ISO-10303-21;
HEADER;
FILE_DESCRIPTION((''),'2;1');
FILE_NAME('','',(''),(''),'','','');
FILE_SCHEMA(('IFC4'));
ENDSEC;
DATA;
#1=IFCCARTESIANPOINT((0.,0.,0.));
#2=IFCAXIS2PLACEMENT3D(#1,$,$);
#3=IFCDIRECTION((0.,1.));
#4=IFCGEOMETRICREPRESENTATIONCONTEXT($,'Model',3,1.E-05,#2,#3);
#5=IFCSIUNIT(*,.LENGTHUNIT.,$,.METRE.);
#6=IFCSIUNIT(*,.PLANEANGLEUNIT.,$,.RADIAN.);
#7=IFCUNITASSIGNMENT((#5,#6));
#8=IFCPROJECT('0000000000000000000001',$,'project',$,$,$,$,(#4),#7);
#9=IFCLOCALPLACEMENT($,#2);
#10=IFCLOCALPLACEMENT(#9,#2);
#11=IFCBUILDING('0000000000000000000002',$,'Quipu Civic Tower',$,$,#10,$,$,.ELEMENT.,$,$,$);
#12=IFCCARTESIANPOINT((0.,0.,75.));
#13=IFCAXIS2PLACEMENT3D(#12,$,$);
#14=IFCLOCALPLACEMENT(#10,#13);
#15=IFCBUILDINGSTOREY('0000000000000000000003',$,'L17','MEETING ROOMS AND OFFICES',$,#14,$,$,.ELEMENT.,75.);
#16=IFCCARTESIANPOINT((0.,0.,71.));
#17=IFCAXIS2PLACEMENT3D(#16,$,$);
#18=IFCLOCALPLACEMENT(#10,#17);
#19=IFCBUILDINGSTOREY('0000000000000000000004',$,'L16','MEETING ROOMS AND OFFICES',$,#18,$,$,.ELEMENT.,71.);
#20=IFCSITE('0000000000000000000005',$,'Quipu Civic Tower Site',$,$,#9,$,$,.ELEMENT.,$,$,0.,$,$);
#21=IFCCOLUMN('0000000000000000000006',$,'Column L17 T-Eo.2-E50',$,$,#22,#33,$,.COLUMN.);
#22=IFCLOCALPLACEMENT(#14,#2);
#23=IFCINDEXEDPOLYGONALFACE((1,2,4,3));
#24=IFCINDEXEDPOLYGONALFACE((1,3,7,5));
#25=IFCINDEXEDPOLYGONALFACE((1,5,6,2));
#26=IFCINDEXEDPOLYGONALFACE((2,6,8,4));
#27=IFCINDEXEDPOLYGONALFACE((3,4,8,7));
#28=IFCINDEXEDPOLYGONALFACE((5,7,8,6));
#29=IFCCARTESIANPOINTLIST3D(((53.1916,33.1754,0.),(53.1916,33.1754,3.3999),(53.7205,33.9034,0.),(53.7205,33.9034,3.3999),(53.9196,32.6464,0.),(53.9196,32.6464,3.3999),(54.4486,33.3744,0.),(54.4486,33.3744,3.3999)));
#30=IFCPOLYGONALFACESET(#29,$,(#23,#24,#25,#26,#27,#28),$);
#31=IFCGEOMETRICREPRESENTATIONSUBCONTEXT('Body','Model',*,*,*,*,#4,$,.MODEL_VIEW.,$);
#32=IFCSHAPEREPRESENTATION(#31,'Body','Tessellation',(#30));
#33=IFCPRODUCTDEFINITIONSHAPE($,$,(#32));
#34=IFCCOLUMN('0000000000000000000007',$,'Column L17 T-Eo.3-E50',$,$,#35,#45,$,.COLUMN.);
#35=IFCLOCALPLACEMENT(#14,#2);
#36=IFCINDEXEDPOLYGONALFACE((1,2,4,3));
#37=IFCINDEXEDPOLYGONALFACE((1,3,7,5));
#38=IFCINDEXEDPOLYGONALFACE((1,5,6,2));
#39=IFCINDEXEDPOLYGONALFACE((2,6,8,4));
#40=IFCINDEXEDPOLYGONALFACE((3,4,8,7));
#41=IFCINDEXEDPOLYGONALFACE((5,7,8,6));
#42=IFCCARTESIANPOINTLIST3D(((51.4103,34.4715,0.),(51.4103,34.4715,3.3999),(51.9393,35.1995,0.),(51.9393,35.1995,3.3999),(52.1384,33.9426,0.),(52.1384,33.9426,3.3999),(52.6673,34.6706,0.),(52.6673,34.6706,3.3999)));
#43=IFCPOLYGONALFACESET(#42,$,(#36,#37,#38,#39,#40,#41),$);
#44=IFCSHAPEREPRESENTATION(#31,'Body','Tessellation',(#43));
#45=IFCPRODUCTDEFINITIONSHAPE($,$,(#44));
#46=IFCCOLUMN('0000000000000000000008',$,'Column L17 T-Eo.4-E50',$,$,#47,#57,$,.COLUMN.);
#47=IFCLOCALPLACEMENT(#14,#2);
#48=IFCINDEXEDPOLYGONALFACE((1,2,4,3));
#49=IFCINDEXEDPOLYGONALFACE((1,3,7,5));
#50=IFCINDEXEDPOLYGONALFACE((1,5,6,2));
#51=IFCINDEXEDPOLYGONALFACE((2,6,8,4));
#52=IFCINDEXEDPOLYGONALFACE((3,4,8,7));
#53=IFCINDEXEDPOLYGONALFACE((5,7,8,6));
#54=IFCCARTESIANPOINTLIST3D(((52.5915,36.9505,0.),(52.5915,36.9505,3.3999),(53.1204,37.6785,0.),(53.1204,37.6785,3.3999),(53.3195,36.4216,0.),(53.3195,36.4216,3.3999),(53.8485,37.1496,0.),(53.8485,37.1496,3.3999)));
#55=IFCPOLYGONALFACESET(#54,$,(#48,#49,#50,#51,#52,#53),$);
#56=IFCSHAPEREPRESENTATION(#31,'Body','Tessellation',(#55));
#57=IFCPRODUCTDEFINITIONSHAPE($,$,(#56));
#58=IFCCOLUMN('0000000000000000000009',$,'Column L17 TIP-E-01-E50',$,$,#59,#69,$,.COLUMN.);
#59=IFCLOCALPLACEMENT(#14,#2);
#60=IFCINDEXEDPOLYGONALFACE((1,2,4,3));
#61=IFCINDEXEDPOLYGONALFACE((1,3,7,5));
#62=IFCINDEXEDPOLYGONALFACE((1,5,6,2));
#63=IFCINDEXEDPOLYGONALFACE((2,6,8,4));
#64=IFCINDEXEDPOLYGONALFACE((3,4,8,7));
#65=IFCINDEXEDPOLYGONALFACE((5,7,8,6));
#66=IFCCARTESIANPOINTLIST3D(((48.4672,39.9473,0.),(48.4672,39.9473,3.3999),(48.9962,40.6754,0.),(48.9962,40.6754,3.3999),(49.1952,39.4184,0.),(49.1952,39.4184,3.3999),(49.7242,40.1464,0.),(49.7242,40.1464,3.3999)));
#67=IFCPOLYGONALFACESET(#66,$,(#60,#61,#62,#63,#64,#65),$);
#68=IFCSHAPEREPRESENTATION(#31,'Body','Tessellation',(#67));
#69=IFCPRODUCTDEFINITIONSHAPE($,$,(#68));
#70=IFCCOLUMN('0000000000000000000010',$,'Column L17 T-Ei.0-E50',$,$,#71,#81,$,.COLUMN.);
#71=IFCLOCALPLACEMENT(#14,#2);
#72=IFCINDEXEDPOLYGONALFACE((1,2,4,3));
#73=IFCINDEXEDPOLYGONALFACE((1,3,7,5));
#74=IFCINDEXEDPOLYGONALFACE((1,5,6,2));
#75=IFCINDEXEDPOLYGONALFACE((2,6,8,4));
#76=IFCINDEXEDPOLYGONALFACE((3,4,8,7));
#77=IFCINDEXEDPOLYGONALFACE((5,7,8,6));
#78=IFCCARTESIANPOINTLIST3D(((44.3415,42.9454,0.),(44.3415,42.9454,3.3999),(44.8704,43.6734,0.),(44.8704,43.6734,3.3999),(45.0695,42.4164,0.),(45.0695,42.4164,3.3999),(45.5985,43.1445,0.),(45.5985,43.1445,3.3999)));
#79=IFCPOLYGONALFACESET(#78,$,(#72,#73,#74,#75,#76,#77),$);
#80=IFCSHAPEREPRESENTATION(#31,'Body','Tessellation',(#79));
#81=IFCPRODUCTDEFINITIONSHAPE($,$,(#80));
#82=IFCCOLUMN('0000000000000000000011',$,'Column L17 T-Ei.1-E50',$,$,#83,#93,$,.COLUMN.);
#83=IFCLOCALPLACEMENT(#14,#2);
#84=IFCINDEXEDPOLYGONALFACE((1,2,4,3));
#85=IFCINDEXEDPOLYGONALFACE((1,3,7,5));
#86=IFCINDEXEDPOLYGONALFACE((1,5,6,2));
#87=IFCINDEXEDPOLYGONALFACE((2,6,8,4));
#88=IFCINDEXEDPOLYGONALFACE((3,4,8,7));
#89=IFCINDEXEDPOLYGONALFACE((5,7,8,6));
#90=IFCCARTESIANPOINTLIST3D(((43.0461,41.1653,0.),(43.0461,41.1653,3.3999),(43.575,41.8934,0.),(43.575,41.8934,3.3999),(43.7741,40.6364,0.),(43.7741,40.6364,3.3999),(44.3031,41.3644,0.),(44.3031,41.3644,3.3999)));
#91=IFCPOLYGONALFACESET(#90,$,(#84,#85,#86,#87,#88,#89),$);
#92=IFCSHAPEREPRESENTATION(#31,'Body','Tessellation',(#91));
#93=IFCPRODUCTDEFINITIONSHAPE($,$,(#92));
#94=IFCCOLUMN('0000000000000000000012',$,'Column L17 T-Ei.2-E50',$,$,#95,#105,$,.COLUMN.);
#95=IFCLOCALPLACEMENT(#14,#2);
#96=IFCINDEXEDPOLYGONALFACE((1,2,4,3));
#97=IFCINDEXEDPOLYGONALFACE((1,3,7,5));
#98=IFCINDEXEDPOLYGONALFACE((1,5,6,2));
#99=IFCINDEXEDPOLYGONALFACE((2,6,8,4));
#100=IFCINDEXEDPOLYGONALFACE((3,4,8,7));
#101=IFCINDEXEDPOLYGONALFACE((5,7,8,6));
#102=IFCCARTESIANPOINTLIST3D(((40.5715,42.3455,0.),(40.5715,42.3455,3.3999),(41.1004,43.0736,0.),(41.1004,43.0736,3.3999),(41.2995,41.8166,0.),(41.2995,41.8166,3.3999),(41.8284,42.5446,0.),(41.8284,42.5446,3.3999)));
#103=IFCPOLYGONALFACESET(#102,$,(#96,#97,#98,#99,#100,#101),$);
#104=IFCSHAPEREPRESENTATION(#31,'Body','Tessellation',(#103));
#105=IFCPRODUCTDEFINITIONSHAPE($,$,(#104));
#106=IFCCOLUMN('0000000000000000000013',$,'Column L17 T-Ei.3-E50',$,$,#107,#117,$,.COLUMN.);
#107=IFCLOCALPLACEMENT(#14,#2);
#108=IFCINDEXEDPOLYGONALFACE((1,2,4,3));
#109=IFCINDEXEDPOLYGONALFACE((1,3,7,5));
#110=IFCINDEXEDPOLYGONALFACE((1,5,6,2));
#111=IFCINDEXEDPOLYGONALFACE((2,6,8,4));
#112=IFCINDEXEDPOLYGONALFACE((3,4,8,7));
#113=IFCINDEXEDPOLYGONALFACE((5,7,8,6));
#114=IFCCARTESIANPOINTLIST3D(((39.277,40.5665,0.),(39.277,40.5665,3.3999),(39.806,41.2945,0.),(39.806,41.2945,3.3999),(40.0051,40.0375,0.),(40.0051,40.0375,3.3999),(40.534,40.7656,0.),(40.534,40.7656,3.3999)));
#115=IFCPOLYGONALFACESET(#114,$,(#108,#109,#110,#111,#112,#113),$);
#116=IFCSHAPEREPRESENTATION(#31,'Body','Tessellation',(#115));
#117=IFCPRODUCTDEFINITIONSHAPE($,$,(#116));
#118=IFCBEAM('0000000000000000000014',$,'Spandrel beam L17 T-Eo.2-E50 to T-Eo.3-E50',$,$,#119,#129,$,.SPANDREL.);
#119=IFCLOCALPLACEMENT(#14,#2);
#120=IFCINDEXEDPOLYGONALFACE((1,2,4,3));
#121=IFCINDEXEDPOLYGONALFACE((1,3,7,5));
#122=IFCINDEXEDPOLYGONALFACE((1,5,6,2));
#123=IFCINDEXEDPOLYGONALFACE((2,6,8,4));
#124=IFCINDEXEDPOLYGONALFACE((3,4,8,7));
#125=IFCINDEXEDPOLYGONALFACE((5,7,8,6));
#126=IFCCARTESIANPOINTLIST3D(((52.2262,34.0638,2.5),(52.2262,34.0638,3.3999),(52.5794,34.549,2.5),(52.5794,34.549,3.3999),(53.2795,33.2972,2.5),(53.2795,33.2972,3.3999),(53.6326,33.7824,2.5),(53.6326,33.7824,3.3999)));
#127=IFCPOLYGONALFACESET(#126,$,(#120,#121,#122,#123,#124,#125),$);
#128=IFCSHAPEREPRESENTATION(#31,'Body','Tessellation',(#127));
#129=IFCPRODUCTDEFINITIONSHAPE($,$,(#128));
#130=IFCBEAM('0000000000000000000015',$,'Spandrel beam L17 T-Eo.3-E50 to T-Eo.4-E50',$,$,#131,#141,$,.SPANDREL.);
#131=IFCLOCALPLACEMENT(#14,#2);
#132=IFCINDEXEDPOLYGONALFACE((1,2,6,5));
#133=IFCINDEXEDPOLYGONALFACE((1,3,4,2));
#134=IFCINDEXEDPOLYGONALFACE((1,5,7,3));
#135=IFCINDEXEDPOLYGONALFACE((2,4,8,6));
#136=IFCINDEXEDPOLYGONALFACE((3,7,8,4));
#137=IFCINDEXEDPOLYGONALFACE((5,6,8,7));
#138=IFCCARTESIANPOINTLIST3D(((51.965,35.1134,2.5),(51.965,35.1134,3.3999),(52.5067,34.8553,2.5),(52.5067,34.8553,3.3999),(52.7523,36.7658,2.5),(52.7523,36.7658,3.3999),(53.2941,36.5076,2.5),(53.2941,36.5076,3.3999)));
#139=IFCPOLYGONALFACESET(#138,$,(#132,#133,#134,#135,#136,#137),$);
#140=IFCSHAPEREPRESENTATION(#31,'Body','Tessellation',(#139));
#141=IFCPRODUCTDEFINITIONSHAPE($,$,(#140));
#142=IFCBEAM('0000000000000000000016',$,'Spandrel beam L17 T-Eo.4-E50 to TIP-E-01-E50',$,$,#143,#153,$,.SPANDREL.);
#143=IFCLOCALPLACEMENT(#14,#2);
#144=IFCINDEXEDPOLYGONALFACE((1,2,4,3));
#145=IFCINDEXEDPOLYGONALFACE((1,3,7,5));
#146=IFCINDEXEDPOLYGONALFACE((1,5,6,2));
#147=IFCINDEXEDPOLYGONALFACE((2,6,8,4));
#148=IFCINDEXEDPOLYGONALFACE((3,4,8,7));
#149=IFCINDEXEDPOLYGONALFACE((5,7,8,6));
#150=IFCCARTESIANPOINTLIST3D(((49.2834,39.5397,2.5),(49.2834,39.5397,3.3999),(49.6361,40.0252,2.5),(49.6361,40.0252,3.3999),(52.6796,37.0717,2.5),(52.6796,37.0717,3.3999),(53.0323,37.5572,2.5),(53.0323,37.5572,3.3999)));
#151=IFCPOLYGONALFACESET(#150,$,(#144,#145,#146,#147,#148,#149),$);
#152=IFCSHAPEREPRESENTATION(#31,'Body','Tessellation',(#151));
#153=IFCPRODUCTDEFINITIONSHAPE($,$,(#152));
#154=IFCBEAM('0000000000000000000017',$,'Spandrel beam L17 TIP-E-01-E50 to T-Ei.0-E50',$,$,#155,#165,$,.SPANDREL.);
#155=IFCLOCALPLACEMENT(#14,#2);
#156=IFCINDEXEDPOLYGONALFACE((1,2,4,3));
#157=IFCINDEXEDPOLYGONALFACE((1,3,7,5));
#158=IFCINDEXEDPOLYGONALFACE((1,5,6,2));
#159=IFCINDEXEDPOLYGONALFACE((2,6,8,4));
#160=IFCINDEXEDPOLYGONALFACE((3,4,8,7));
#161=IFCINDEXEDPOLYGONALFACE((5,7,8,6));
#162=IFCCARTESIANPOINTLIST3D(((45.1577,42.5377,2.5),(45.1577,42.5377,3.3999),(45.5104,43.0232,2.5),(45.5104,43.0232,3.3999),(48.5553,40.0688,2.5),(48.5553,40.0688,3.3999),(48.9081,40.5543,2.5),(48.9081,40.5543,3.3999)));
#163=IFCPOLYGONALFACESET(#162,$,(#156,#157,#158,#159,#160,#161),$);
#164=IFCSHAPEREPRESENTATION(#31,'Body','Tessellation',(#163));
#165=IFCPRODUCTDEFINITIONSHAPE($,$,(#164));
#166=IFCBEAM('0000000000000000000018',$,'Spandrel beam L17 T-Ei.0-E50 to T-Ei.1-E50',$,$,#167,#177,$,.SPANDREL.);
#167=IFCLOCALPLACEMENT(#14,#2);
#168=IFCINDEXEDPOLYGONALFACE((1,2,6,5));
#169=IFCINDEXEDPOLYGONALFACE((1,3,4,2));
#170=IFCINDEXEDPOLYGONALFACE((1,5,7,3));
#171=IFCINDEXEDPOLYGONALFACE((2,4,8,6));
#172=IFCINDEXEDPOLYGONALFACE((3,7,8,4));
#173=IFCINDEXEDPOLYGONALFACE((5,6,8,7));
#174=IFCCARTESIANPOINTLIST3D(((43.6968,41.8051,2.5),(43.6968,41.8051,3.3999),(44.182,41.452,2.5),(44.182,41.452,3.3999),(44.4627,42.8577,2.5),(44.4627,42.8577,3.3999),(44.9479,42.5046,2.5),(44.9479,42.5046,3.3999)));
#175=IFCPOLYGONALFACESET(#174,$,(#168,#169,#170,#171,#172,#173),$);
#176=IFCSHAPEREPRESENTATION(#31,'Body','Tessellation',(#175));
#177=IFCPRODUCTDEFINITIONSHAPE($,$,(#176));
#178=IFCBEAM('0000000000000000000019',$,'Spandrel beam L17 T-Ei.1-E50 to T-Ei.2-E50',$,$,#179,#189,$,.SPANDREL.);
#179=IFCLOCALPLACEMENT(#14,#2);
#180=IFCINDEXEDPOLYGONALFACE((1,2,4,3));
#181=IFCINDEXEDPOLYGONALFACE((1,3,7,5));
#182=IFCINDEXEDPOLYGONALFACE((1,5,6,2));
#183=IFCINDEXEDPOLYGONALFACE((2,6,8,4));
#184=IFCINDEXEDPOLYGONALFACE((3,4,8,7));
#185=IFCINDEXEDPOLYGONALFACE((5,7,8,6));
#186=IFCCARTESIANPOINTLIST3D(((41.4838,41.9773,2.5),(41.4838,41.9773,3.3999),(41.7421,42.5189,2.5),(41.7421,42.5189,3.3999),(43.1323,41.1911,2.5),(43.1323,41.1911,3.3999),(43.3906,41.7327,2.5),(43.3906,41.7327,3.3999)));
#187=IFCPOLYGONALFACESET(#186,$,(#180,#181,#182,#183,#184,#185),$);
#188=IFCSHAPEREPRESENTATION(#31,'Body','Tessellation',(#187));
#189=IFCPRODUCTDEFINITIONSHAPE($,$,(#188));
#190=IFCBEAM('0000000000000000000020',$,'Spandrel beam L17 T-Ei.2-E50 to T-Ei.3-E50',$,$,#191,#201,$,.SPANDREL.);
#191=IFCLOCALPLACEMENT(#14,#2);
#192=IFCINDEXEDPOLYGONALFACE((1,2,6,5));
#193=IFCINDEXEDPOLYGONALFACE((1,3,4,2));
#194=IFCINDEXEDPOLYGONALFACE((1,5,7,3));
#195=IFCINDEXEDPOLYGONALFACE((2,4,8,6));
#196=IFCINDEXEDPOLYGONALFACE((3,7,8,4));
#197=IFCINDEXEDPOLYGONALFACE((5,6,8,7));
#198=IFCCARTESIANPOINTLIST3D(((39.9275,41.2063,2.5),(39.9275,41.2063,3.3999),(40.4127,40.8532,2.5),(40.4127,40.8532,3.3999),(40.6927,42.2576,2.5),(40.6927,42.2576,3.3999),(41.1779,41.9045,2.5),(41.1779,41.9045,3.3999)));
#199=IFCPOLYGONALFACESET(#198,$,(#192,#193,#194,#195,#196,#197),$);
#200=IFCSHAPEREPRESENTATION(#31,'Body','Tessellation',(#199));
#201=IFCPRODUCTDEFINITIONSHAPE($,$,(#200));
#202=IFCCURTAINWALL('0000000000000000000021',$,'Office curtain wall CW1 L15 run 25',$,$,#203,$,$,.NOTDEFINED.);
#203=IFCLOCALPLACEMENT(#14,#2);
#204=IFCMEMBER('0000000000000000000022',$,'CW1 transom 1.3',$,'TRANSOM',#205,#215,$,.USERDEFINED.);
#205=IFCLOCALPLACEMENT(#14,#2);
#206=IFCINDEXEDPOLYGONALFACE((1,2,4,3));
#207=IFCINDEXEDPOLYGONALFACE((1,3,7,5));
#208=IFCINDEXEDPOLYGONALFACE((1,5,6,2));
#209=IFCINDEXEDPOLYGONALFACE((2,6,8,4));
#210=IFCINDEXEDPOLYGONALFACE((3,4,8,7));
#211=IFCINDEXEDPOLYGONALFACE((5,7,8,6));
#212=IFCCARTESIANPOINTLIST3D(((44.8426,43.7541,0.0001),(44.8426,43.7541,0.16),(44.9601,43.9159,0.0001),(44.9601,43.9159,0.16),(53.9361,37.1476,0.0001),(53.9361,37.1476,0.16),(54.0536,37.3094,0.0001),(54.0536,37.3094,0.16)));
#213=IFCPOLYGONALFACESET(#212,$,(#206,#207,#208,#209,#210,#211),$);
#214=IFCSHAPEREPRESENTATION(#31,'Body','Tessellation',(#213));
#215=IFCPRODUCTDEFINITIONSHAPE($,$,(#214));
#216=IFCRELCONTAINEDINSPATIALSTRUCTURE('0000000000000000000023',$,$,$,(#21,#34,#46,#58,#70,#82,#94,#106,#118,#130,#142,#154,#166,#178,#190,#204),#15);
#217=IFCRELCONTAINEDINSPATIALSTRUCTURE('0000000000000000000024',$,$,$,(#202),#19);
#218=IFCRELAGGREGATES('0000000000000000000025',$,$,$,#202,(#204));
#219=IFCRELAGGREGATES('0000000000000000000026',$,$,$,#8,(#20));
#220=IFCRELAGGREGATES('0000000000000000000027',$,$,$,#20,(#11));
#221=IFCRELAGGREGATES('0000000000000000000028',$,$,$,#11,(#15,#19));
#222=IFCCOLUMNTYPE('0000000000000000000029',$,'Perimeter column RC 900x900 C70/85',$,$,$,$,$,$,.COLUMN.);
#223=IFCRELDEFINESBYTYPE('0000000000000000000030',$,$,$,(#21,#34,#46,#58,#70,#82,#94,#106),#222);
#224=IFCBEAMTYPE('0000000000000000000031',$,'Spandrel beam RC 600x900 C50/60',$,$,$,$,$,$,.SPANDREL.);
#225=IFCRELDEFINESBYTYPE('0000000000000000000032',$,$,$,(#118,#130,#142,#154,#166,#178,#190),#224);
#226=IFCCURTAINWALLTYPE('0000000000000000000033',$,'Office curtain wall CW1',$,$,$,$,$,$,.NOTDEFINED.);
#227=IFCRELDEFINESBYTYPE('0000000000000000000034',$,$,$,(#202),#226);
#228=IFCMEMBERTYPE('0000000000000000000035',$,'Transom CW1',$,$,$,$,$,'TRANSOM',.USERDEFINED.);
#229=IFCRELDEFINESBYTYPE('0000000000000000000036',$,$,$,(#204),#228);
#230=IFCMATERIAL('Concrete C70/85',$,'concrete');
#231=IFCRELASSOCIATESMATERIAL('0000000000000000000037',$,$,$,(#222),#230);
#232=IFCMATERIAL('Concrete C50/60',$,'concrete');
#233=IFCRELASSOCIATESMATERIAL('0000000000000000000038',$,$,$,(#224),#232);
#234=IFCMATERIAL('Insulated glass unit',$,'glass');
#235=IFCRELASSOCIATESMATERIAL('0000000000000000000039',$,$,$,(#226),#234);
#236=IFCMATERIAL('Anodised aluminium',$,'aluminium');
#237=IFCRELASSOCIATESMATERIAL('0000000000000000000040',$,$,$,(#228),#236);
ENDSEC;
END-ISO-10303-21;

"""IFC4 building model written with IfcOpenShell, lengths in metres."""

from ifc_helpers import new_model, si_unit, direction, frame, origin, origin_2d, place, context, subcontext, project, spatial, rectangle, extrude, material, material_profile, profile_set, type_object, element, aggregate, save


model = new_model("IFC4")

# Units and contexts
model_context = context("Model", 3, precision=1e-05, world=origin(), true_north=direction((0.0, 1.0)))
body_context = subcontext(model_context, "Body", "Model", "MODEL_VIEW")
ifc_project = project(units=[si_unit("LENGTHUNIT", "METRE"), si_unit("PLANEANGLEUNIT", "RADIAN")], contexts=[model_context])

# Site, building, storey
site_placement = place(None, origin())
site = spatial("IfcSite", under=ifc_project, at=site_placement, Name="Quipu Civic Tower Site", CompositionType="ELEMENT", RefElevation=0.0)
building_placement = place(site_placement, origin())
building = spatial("IfcBuilding", under=site, at=building_placement, Name="Quipu Civic Tower", CompositionType="ELEMENT")
storey_1_placement = place(building_placement, frame((0.0, 0.0, 75.0)))
storey_1 = spatial("IfcBuildingStorey", under=building, at=storey_1_placement, Name="L17", Description="MEETING ROOMS AND OFFICES", CompositionType="ELEMENT", Elevation=75.0)

# Columns
ifc_material_1 = material(Name="Concrete C70/85", Category="concrete")
ifc_material_profile_1 = material_profile(ifc_material_1, rectangle(XDim=0.8999, YDim=0.8999, at=origin_2d()), Name="RC900x900")
ifc_profile_set_1 = profile_set([ifc_material_profile_1], Name="Concrete C70/85")
column_type = type_object("IfcColumnType", Name="Perimeter column RC 900x900 C70/85", PredefinedType="COLUMN", material=ifc_profile_set_1)
for number, where, z_axis, x_axis, name in (
    (1, (53.8201, 33.2749, 0.0), (0.0, 0.0, 1.0), (-0.809017, 0.587785, 0.0), "Column L17 T-Eo.2-E50"),
    (2, (52.0388, 34.571, 0.0), (0.0, 0.0, 1.0), (0.587785, 0.809017, 0.0), "Column L17 T-Eo.3-E50"),
    (3, (53.22, 37.05, 0.0), (0.0, 0.0, 1.0), (-0.809017, 0.587785, 0.0), "Column L17 T-Eo.4-E50"),
    (4, (49.0957, 40.0469, 0.0), (0.0, 0.0, 1.0), (-0.809017, 0.587785, 0.0), "Column L17 TIP-E-01-E50"),
    (5, (44.97, 43.0449, 0.0), (0.0, 0.0, 1.0), (-0.809017, 0.587785, 0.0), "Column L17 T-Ei.0-E50"),
    (6, (43.6746, 41.2649, 0.0), (0.0, 0.0, 1.0), (-0.809017, 0.587785, 0.0), "Column L17 T-Ei.1-E50"),
    (7, (41.2, 42.4451, 0.0), (0.0, 0.0, 1.0), (-0.587785, -0.809017, 0.0), "Column L17 T-Ei.2-E50"),
    (8, (39.9055, 40.666, 0.0), (0.0, 0.0, 1.0), (-0.587785, -0.809017, 0.0), "Column L17 T-Ei.3-E50"),
):
    element("IfcColumn", number, at=place(storey_1_placement, frame(where, z_axis=z_axis, x_axis=x_axis)), inside=storey_1, type_object=column_type, Name=name, PredefinedType="COLUMN", context=body_context, shape_type="SweptSolid", body=[
        extrude(rectangle(XDim=0.8999, YDim=0.8999, at=origin_2d()), origin(), (0.0, 0.0, 1.0), 3.3999),
    ])

# Beams
ifc_material_2 = material(Name="Concrete C50/60", Category="concrete")
ifc_material_profile_2 = material_profile(ifc_material_2, rectangle(XDim=0.6001, YDim=0.8999, at=origin_2d()), Name="RC600x900")
ifc_profile_set_2 = profile_set([ifc_material_profile_2], Name="Concrete C50/60")
beam_type = type_object("IfcBeamType", Name="Spandrel beam RC 600x900 C50/60", PredefinedType="SPANDREL", material=ifc_profile_set_2)
beam_1_placement = place(storey_1_placement, frame((53.4561, 33.5398, 2.95), z_axis=(-0.808509, 0.588484, 0.0), x_axis=(-0.588484, -0.808509, 0.0)))
element("IfcBeam", 9, at=beam_1_placement, inside=storey_1, type_object=beam_type, Name="Spandrel beam L17 T-Eo.2-E50 to T-Eo.3-E50", PredefinedType="SPANDREL", context=body_context, shape_type="SweptSolid", body=[
    extrude(rectangle(XDim=0.6001, YDim=0.8999, at=origin_2d()), origin(), (0.0, 0.0, 1.0), 1.3027),
])
beam_2_placement = place(storey_1_placement, frame((52.2358, 34.9844, 2.95), z_axis=(0.430167, 0.90275, 0.0), x_axis=(-0.90275, 0.430167, 0.0)))
element("IfcBeam", 10, at=beam_2_placement, inside=storey_1, type_object=beam_type, Name="Spandrel beam L17 T-Eo.3-E50 to T-Eo.4-E50", PredefinedType="SPANDREL", context=body_context, shape_type="SweptSolid", body=[
    extrude(rectangle(XDim=0.6001, YDim=0.8999, at=origin_2d()), origin(), (0.0, 0.0, 1.0), 1.8303),
])
beam_3_placement = place(storey_1_placement, frame((52.856, 37.3145, 2.95), z_axis=(-0.80896, 0.587864, 0.0), x_axis=(-0.587864, -0.80896, 0.0)))
element("IfcBeam", 11, at=beam_3_placement, inside=storey_1, type_object=beam_type, Name="Spandrel beam L17 T-Eo.4-E50 to TIP-E-01-E50", PredefinedType="SPANDREL", context=body_context, shape_type="SweptSolid", body=[
    extrude(rectangle(XDim=0.6001, YDim=0.8999, at=origin_2d()), origin(), (0.0, 0.0, 1.0), 4.1982),
])
beam_4_placement = place(storey_1_placement, frame((48.7317, 40.3115, 2.95), z_axis=(-0.80897, 0.58785, 0.0), x_axis=(-0.58785, -0.80897, 0.0)))
element("IfcBeam", 12, at=beam_4_placement, inside=storey_1, type_object=beam_type, Name="Spandrel beam L17 TIP-E-01-E50 to T-Ei.0-E50", PredefinedType="SPANDREL", context=body_context, shape_type="SweptSolid", body=[
    extrude(rectangle(XDim=0.6001, YDim=0.8999, at=origin_2d()), origin(), (0.0, 0.0, 1.0), 4.2),
])
beam_5_placement = place(storey_1_placement, frame((44.7053, 42.6812, 2.95), z_axis=(-0.588384, -0.808582, 0.0), x_axis=(0.808582, -0.588384, 0.0)))
element("IfcBeam", 13, at=beam_5_placement, inside=storey_1, type_object=beam_type, Name="Spandrel beam L17 T-Ei.0-E50 to T-Ei.1-E50", PredefinedType="SPANDREL", context=body_context, shape_type="SweptSolid", body=[
    extrude(rectangle(XDim=0.6001, YDim=0.8999, at=origin_2d()), origin(), (0.0, 0.0, 1.0), 1.3018),
])
beam_6_placement = place(storey_1_placement, frame((43.2615, 41.4619, 2.95), z_axis=(-0.902613, 0.430452, 0.0), x_axis=(-0.430452, -0.902613, 0.0)))
element("IfcBeam", 14, at=beam_6_placement, inside=storey_1, type_object=beam_type, Name="Spandrel beam L17 T-Ei.1-E50 to T-Ei.2-E50", PredefinedType="SPANDREL", context=body_context, shape_type="SweptSolid", body=[
    extrude(rectangle(XDim=0.6001, YDim=0.8999, at=origin_2d()), origin(), (0.0, 0.0, 1.0), 1.8264),
])
beam_7_placement = place(storey_1_placement, frame((40.9353, 42.0811, 2.95), z_axis=(-0.588462, -0.808525, 0.0), x_axis=(0.808525, -0.588462, 0.0)))
element("IfcBeam", 15, at=beam_7_placement, inside=storey_1, type_object=beam_type, Name="Spandrel beam L17 T-Ei.2-E50 to T-Ei.3-E50", PredefinedType="SPANDREL", context=body_context, shape_type="SweptSolid", body=[
    extrude(rectangle(XDim=0.6001, YDim=0.8999, at=origin_2d()), origin(), (0.0, 0.0, 1.0), 1.3003),
])

# Shared definitions
storey_2_placement = place(building_placement, frame((0.0, 0.0, 71.0)))
storey_2 = spatial("IfcBuildingStorey", under=building, at=storey_2_placement, Name="L16", Description="MEETING ROOMS AND OFFICES", CompositionType="ELEMENT", Elevation=71.0)

# Curtain wall, member
ifc_material_3 = material(Name="Insulated glass unit", Category="glass")
curtain_wall_type = type_object("IfcCurtainWallType", Name="Office curtain wall CW1", PredefinedType="NOTDEFINED", material=ifc_material_3)
curtain_wall_placement = place(storey_2_placement, origin())
curtain_wall = element("IfcCurtainWall", 16, at=curtain_wall_placement, inside=storey_2, type_object=curtain_wall_type, Name="Office curtain wall CW1 L15 run 25", PredefinedType="NOTDEFINED")
ifc_material_4 = material(Name="Anodised aluminium", Category="aluminium")
ifc_material_profile_3 = material_profile(ifc_material_4, rectangle(XDim=0.2, YDim=0.1599, at=origin_2d()), Name="RECT 200x160")
ifc_profile_set_3 = profile_set([ifc_material_profile_3], Name="Anodised aluminium")
member_type = type_object("IfcMemberType", Name="Transom CW1", ElementType="TRANSOM", PredefinedType="USERDEFINED", material=ifc_profile_set_3)
member_placement = place(storey_1_placement, frame((53.9949, 37.2285, 0.0801), z_axis=(-0.809033, 0.587764, 0.0), x_axis=(-0.587764, -0.809033, 0.0)))
member = element("IfcMember", 17, at=member_placement, inside=storey_1, type_object=member_type, Name="CW1 transom 1.3", ObjectType="TRANSOM", PredefinedType="USERDEFINED", context=body_context, shape_type="SweptSolid", body=[
    extrude(rectangle(XDim=0.2, YDim=0.1599, at=origin_2d()), origin(), (0.0, 0.0, 1.0), 11.24),
])
aggregate(curtain_wall, [member])

save(model, "model.ifc")
